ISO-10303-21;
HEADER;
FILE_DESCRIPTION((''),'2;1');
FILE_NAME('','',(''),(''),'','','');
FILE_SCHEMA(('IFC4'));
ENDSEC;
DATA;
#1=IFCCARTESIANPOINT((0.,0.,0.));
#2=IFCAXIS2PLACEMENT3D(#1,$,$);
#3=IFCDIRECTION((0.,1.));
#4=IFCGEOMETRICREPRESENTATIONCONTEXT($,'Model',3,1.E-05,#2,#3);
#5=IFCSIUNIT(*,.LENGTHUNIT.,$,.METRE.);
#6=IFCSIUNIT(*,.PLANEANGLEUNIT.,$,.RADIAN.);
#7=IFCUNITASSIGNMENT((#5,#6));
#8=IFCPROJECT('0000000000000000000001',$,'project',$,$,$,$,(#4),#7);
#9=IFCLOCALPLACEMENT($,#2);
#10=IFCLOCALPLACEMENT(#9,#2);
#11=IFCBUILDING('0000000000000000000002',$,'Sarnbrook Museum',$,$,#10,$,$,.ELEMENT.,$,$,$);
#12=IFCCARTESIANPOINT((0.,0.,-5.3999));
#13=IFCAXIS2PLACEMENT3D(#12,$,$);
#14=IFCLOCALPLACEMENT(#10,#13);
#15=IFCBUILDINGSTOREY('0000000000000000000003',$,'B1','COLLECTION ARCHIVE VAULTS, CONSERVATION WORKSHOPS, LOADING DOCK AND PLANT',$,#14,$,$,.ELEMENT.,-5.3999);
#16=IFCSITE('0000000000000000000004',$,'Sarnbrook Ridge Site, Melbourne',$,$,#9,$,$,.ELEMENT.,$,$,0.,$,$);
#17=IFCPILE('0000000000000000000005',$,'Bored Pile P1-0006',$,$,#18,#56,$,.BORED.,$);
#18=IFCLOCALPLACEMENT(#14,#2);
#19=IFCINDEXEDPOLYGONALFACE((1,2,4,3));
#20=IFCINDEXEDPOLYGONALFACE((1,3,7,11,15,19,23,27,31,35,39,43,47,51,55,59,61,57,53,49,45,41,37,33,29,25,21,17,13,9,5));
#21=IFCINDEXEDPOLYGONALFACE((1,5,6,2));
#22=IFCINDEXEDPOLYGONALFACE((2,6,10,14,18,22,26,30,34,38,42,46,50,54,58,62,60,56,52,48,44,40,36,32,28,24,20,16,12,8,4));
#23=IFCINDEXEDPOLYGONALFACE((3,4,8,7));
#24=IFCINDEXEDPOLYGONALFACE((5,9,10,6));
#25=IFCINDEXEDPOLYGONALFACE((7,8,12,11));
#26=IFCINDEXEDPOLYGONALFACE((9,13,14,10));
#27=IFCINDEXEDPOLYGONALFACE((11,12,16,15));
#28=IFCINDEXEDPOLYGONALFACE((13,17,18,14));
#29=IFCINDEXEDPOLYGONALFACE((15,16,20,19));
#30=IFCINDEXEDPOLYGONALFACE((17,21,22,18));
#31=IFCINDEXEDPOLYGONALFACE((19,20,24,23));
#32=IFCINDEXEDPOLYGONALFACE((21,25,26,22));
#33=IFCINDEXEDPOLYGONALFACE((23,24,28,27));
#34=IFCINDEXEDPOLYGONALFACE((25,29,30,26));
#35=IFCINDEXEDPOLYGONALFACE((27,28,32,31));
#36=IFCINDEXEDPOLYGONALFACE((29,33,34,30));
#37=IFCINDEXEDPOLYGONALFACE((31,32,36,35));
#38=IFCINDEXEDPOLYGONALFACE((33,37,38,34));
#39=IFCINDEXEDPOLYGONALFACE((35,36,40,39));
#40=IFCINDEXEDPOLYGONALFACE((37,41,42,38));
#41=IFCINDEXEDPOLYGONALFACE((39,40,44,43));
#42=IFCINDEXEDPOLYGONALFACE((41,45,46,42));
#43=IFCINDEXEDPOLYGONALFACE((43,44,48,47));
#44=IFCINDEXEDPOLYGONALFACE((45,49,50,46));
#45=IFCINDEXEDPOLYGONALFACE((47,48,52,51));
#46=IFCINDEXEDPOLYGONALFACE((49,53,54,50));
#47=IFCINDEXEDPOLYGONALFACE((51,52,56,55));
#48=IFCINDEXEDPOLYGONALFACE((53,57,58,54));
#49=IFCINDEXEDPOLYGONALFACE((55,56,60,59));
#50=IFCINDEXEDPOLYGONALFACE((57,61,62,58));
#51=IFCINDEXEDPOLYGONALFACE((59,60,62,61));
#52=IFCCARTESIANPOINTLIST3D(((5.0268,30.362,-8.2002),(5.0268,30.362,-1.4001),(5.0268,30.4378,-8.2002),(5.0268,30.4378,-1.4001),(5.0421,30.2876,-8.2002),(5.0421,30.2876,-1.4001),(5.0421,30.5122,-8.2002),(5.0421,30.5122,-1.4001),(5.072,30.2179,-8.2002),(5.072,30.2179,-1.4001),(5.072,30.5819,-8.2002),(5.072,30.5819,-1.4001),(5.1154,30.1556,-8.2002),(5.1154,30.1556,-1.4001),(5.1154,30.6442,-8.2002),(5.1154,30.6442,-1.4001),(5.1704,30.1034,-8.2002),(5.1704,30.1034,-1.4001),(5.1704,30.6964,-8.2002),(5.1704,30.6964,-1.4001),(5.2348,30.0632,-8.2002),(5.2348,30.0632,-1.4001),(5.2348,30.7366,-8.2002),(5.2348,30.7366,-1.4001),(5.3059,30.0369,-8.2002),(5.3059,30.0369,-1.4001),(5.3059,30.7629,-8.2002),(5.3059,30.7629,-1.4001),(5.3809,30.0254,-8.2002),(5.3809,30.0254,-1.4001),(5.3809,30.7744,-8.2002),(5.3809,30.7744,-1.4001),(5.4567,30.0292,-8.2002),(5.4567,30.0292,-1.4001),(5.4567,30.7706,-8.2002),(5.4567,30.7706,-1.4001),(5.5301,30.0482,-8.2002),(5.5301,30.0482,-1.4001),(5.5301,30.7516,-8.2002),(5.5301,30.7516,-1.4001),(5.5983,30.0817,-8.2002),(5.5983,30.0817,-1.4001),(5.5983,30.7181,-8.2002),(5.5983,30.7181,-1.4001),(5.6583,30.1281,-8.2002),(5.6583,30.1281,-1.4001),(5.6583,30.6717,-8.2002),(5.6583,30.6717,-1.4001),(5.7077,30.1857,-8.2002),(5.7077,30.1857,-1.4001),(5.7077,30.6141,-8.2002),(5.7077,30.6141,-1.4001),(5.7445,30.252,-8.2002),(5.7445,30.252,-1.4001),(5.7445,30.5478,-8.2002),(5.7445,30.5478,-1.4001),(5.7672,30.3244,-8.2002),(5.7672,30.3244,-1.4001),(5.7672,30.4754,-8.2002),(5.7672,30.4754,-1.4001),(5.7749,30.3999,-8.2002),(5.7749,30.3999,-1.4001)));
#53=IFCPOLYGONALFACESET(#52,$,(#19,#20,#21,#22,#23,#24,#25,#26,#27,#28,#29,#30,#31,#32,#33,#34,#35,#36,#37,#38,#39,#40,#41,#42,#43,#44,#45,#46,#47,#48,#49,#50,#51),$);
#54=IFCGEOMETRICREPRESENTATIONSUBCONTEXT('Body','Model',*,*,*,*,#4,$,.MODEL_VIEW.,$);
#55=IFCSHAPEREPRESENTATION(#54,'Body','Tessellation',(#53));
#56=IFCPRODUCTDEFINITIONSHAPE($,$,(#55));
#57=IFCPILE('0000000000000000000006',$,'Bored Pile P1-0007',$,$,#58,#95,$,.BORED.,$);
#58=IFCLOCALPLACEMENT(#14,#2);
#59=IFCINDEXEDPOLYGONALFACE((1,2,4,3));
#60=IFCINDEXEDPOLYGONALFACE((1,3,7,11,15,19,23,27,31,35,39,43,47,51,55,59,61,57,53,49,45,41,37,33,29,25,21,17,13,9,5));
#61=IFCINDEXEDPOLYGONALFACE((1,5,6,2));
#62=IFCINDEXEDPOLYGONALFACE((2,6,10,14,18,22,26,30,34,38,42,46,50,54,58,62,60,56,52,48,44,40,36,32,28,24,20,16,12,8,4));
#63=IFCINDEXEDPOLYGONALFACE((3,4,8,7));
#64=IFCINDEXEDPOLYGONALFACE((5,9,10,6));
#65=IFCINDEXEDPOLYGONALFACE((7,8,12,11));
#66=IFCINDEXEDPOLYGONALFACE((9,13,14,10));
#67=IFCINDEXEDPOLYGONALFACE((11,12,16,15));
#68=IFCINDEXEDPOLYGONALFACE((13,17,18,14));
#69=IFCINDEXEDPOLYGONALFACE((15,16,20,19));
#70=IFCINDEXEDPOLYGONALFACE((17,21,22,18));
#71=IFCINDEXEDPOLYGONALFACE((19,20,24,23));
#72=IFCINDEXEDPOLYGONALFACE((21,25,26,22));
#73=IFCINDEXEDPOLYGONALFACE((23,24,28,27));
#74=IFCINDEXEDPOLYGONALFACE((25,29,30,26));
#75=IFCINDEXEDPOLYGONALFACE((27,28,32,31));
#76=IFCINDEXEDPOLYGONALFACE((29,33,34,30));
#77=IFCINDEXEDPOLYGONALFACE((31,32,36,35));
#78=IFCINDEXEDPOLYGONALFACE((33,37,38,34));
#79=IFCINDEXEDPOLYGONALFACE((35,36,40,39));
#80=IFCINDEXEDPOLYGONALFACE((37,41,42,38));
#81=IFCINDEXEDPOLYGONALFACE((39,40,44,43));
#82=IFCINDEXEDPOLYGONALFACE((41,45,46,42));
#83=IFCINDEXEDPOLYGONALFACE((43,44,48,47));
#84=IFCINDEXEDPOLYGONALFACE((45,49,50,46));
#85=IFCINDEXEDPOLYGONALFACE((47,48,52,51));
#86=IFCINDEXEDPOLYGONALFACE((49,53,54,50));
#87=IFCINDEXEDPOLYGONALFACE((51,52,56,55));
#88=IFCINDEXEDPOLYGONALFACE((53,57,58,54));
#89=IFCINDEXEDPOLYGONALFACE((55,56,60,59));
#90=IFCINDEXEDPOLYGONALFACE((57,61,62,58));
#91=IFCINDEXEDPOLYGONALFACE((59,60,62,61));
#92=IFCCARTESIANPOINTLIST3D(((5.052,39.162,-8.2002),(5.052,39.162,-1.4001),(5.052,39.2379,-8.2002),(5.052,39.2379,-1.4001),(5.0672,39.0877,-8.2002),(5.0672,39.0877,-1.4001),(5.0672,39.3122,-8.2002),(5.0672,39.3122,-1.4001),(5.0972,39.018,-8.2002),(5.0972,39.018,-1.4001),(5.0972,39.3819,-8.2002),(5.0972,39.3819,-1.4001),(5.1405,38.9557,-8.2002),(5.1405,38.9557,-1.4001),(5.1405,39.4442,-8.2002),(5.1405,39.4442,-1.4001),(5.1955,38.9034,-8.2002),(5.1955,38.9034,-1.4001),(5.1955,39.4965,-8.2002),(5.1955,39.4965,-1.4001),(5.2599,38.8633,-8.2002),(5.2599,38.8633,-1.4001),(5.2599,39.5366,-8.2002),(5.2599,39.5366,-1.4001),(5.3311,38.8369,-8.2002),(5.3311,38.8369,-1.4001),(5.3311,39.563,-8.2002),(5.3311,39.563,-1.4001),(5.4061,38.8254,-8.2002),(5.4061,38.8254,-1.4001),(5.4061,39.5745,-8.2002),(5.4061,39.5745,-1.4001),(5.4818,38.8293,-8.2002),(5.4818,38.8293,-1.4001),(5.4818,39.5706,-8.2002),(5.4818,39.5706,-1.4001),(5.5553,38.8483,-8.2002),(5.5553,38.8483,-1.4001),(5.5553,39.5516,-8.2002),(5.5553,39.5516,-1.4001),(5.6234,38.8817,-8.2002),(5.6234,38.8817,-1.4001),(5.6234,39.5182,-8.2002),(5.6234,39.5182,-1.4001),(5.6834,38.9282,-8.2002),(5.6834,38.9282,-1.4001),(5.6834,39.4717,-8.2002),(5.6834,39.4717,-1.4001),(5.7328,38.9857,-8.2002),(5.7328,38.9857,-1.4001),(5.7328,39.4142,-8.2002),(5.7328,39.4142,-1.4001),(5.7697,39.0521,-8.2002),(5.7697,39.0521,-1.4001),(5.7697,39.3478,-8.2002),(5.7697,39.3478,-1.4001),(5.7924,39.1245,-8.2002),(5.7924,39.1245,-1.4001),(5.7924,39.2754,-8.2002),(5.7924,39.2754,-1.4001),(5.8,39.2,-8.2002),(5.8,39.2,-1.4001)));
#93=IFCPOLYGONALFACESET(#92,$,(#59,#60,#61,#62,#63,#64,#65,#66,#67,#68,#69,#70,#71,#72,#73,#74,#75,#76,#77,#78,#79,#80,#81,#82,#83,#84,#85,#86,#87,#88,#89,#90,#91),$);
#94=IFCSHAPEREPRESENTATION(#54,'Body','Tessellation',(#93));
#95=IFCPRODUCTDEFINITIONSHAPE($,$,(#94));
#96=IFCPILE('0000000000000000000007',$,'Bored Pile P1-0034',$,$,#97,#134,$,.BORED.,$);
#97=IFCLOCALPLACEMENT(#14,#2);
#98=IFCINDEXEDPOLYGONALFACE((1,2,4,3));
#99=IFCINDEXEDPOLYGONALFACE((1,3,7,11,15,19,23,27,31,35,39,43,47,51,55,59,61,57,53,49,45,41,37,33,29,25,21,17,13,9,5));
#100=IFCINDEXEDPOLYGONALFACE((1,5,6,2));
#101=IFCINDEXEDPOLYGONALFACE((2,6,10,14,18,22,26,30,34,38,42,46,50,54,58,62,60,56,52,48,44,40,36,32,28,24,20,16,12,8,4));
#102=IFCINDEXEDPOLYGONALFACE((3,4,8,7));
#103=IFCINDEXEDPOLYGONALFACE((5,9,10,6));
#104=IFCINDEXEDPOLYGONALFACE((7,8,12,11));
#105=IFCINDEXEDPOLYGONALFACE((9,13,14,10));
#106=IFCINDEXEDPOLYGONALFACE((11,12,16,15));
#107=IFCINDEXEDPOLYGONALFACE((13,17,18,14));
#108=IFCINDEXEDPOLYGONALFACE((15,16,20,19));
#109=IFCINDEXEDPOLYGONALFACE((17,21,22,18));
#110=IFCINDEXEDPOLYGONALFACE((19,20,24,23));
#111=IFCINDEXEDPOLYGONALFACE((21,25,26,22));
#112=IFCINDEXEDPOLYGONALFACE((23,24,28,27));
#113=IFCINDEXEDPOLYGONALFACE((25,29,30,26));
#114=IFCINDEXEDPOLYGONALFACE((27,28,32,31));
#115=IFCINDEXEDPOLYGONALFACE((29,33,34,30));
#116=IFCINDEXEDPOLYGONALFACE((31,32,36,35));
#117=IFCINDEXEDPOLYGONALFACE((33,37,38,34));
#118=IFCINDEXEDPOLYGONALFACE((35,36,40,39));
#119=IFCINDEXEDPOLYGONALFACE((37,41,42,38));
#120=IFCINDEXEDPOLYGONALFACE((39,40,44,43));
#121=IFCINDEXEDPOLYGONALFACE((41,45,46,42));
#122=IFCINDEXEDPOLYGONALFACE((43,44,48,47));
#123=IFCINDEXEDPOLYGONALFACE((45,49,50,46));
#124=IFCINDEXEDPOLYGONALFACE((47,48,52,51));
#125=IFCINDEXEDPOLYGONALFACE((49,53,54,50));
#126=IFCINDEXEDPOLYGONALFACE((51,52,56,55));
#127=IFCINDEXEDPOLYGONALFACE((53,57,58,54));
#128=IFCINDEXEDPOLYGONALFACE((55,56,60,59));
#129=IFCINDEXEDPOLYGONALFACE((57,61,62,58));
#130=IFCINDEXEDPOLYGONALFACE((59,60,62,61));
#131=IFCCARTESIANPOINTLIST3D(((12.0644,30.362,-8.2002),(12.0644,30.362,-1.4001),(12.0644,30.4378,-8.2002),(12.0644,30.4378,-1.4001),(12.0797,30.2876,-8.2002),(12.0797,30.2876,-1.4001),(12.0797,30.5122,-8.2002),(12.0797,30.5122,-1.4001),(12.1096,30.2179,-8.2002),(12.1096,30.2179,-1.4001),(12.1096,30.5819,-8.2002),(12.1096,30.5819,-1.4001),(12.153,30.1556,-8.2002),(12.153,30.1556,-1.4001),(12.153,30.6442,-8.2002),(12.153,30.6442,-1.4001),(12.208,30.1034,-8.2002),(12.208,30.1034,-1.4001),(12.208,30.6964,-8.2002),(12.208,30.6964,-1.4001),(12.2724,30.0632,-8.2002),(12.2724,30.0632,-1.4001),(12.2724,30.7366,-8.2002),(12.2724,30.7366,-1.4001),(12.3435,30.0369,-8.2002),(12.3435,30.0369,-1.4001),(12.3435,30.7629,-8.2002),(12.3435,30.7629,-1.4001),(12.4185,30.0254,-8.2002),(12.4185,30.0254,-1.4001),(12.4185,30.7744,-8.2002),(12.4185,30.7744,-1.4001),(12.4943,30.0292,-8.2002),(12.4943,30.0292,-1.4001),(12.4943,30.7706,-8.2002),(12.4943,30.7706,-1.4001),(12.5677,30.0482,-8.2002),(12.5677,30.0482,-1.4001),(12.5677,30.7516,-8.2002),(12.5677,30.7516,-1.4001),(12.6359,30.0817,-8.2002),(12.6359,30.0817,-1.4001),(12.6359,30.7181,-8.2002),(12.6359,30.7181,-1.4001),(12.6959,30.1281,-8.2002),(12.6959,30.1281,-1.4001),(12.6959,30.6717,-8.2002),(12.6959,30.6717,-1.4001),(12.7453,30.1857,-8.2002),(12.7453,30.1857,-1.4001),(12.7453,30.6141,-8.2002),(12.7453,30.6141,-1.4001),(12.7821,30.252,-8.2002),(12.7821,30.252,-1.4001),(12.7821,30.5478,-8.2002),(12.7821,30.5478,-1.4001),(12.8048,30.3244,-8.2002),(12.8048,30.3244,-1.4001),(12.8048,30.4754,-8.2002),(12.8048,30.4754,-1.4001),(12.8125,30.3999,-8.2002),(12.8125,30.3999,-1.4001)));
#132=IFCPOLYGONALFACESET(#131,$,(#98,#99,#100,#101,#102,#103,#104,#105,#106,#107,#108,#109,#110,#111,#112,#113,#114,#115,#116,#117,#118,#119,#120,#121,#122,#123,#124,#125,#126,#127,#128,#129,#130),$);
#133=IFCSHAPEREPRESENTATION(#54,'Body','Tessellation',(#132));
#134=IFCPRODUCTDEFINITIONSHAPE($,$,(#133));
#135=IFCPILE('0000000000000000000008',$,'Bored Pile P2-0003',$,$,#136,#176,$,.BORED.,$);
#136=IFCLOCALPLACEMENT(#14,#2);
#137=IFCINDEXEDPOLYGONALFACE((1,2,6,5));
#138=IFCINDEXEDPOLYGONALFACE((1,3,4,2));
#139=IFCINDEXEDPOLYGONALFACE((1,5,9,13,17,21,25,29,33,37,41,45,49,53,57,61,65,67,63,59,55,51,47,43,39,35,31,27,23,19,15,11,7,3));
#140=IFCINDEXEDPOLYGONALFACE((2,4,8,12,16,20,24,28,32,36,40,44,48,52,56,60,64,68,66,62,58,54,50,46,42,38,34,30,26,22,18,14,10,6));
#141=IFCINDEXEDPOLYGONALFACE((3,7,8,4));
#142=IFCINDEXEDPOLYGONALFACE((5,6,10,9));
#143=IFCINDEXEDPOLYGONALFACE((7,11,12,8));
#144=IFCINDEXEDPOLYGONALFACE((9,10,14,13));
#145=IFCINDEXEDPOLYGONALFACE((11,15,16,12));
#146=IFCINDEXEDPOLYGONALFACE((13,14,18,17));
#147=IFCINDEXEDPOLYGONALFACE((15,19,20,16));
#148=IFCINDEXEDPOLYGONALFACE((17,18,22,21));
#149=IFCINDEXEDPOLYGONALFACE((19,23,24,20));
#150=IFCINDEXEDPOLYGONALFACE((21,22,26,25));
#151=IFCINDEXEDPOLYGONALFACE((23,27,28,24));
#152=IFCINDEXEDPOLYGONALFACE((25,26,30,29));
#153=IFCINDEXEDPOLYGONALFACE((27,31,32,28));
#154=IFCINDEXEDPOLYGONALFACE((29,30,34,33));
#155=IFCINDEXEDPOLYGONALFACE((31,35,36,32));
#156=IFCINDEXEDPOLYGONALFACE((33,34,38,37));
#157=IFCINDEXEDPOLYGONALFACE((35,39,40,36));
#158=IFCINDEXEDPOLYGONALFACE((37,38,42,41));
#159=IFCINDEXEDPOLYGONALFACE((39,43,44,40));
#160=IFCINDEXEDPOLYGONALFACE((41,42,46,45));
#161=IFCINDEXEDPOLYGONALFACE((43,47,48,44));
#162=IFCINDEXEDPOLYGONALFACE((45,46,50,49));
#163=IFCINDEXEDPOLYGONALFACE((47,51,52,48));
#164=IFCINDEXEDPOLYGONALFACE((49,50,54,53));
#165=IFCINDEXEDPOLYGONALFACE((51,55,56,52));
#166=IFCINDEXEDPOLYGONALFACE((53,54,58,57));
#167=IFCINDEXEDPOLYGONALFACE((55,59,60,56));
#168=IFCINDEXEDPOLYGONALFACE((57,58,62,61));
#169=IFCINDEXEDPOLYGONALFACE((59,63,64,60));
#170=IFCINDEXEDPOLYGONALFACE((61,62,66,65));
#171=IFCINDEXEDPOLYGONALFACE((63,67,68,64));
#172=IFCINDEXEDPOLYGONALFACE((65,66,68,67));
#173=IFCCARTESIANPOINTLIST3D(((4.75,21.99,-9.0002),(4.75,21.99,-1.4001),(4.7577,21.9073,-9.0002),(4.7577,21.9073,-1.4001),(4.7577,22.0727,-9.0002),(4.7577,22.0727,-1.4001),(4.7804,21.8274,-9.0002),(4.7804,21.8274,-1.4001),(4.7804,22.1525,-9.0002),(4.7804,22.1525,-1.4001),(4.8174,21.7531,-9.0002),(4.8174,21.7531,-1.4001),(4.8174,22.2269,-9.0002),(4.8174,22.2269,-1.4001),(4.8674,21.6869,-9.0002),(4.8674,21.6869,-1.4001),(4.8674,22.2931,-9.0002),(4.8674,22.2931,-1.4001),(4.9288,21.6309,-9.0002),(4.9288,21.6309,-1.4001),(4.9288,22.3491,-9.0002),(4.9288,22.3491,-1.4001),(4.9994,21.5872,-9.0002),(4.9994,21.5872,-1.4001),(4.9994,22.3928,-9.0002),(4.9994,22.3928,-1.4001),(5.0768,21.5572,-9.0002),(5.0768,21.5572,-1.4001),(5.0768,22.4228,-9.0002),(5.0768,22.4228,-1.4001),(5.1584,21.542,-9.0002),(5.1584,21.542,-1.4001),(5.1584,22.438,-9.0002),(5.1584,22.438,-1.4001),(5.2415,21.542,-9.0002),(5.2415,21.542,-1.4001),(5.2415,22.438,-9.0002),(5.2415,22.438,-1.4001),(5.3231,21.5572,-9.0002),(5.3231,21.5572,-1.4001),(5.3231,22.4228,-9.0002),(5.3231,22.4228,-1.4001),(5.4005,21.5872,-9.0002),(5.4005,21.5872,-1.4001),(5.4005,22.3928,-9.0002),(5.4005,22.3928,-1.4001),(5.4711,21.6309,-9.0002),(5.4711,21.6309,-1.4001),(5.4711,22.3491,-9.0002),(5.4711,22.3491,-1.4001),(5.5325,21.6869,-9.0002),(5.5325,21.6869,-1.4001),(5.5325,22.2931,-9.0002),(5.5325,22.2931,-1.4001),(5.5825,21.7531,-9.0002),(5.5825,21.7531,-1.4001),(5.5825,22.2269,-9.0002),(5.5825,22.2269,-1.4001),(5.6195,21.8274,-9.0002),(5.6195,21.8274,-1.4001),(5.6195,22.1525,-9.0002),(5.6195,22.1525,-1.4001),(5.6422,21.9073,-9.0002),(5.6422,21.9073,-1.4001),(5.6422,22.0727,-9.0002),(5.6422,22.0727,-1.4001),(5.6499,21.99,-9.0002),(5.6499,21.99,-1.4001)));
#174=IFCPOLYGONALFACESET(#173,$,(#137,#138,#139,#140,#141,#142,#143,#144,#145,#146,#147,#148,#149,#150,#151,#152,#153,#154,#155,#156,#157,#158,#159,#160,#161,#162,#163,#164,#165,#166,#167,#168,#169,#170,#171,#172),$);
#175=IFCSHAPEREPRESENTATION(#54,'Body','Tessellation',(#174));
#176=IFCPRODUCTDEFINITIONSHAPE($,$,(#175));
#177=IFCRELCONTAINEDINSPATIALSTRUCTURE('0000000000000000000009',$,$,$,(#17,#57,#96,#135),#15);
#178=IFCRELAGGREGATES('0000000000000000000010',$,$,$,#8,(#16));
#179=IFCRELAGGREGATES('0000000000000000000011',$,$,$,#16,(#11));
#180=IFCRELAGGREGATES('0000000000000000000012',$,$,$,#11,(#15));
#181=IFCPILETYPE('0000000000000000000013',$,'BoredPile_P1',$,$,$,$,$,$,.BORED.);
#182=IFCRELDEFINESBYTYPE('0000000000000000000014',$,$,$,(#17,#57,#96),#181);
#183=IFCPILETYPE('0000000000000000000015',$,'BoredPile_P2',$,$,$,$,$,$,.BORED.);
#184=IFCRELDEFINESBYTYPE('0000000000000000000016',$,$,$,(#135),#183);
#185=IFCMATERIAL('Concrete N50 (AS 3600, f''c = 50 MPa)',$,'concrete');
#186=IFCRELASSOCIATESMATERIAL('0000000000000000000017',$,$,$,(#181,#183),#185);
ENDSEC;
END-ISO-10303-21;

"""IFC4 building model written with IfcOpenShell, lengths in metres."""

from ifc_helpers import new_model, si_unit, direction, frame, origin, origin_2d, place, context, subcontext, project, spatial, circle, extrude, material, material_profile, profile_set, type_object, element, save


model = new_model("IFC4")

# Units and contexts
model_context = context("Model", 3, precision=1e-05, world=origin(), true_north=direction((0.0, 1.0)))
body_context = subcontext(model_context, "Body", "Model", "MODEL_VIEW")
ifc_project = project(units=[si_unit("LENGTHUNIT", "METRE"), si_unit("PLANEANGLEUNIT", "RADIAN")], contexts=[model_context])

# Site, building, storey
site_placement = place(None, origin())
site = spatial("IfcSite", under=ifc_project, at=site_placement, Name="Sarnbrook Ridge Site, Melbourne", CompositionType="ELEMENT", RefElevation=0.0)
building_placement = place(site_placement, origin())
building = spatial("IfcBuilding", under=site, at=building_placement, Name="Sarnbrook Museum", CompositionType="ELEMENT")
storey_placement = place(building_placement, frame((0.0, 0.0, -5.3999)))
storey = spatial("IfcBuildingStorey", under=building, at=storey_placement, Name="B1", Description="COLLECTION ARCHIVE VAULTS, CONSERVATION WORKSHOPS, LOADING DOCK AND PLANT", CompositionType="ELEMENT", Elevation=-5.3999)

# Piles
ifc_material_1 = material(Name="Concrete N50 (AS 3600, f'c = 50 MPa)", Category="concrete")
ifc_material_profile_1 = material_profile(ifc_material_1, circle(Radius=0.375, at=origin_2d()), Name="BORED PILE D750")
ifc_profile_set_1 = profile_set([ifc_material_profile_1], Name="Concrete N50 (AS 3600, f'c = 50 MPa)")
pile_type_1 = type_object("IfcPileType", Name="BoredPile_P1", PredefinedType="BORED", material=ifc_profile_set_1)
for number, where, z_axis, x_axis, name in (
    (1, (5.3999, 30.3999, -1.4001), (0.0, 0.0, -1.0), (1.0, 0.0, 0.0), "Bored Pile P1-0006"),
    (2, (5.425, 39.2, -1.4001), (0.0, 0.0, -1.0), (1.0, 0.0, 0.0), "Bored Pile P1-0007"),
    (3, (12.4375, 30.3999, -1.4001), (0.0, 0.0, -1.0), (1.0, 0.0, 0.0), "Bored Pile P1-0034"),
):
    element("IfcPile", number, at=place(storey_placement, frame(where, z_axis=z_axis, x_axis=x_axis)), inside=storey, type_object=pile_type_1, Name=name, PredefinedType="BORED", context=body_context, shape_type="SweptSolid", body=[
        extrude(circle(Radius=0.375, at=origin_2d()), origin(), (0.0, 0.0, 1.0), 6.8),
    ])
ifc_material_profile_2 = material_profile(ifc_material_1, circle(Radius=0.45, at=origin_2d()), Name="BORED PILE D900")
ifc_profile_set_2 = profile_set([ifc_material_profile_2], Name="Concrete N50 (AS 3600, f'c = 50 MPa)")
pile_type_2 = type_object("IfcPileType", Name="BoredPile_P2", PredefinedType="BORED", material=ifc_profile_set_2)
pile_1_placement = place(storey_placement, frame((5.2, 21.99, -1.4001), z_axis=(0.0, 0.0, -1.0), x_axis=(1.0, 0.0, 0.0)))
element("IfcPile", 4, at=pile_1_placement, inside=storey, type_object=pile_type_2, Name="Bored Pile P2-0003", PredefinedType="BORED", context=body_context, shape_type="SweptSolid", body=[
    extrude(circle(Radius=0.45, at=origin_2d()), origin(), (0.0, 0.0, 1.0), 7.6001),
])

save(model, "model.ifc")
